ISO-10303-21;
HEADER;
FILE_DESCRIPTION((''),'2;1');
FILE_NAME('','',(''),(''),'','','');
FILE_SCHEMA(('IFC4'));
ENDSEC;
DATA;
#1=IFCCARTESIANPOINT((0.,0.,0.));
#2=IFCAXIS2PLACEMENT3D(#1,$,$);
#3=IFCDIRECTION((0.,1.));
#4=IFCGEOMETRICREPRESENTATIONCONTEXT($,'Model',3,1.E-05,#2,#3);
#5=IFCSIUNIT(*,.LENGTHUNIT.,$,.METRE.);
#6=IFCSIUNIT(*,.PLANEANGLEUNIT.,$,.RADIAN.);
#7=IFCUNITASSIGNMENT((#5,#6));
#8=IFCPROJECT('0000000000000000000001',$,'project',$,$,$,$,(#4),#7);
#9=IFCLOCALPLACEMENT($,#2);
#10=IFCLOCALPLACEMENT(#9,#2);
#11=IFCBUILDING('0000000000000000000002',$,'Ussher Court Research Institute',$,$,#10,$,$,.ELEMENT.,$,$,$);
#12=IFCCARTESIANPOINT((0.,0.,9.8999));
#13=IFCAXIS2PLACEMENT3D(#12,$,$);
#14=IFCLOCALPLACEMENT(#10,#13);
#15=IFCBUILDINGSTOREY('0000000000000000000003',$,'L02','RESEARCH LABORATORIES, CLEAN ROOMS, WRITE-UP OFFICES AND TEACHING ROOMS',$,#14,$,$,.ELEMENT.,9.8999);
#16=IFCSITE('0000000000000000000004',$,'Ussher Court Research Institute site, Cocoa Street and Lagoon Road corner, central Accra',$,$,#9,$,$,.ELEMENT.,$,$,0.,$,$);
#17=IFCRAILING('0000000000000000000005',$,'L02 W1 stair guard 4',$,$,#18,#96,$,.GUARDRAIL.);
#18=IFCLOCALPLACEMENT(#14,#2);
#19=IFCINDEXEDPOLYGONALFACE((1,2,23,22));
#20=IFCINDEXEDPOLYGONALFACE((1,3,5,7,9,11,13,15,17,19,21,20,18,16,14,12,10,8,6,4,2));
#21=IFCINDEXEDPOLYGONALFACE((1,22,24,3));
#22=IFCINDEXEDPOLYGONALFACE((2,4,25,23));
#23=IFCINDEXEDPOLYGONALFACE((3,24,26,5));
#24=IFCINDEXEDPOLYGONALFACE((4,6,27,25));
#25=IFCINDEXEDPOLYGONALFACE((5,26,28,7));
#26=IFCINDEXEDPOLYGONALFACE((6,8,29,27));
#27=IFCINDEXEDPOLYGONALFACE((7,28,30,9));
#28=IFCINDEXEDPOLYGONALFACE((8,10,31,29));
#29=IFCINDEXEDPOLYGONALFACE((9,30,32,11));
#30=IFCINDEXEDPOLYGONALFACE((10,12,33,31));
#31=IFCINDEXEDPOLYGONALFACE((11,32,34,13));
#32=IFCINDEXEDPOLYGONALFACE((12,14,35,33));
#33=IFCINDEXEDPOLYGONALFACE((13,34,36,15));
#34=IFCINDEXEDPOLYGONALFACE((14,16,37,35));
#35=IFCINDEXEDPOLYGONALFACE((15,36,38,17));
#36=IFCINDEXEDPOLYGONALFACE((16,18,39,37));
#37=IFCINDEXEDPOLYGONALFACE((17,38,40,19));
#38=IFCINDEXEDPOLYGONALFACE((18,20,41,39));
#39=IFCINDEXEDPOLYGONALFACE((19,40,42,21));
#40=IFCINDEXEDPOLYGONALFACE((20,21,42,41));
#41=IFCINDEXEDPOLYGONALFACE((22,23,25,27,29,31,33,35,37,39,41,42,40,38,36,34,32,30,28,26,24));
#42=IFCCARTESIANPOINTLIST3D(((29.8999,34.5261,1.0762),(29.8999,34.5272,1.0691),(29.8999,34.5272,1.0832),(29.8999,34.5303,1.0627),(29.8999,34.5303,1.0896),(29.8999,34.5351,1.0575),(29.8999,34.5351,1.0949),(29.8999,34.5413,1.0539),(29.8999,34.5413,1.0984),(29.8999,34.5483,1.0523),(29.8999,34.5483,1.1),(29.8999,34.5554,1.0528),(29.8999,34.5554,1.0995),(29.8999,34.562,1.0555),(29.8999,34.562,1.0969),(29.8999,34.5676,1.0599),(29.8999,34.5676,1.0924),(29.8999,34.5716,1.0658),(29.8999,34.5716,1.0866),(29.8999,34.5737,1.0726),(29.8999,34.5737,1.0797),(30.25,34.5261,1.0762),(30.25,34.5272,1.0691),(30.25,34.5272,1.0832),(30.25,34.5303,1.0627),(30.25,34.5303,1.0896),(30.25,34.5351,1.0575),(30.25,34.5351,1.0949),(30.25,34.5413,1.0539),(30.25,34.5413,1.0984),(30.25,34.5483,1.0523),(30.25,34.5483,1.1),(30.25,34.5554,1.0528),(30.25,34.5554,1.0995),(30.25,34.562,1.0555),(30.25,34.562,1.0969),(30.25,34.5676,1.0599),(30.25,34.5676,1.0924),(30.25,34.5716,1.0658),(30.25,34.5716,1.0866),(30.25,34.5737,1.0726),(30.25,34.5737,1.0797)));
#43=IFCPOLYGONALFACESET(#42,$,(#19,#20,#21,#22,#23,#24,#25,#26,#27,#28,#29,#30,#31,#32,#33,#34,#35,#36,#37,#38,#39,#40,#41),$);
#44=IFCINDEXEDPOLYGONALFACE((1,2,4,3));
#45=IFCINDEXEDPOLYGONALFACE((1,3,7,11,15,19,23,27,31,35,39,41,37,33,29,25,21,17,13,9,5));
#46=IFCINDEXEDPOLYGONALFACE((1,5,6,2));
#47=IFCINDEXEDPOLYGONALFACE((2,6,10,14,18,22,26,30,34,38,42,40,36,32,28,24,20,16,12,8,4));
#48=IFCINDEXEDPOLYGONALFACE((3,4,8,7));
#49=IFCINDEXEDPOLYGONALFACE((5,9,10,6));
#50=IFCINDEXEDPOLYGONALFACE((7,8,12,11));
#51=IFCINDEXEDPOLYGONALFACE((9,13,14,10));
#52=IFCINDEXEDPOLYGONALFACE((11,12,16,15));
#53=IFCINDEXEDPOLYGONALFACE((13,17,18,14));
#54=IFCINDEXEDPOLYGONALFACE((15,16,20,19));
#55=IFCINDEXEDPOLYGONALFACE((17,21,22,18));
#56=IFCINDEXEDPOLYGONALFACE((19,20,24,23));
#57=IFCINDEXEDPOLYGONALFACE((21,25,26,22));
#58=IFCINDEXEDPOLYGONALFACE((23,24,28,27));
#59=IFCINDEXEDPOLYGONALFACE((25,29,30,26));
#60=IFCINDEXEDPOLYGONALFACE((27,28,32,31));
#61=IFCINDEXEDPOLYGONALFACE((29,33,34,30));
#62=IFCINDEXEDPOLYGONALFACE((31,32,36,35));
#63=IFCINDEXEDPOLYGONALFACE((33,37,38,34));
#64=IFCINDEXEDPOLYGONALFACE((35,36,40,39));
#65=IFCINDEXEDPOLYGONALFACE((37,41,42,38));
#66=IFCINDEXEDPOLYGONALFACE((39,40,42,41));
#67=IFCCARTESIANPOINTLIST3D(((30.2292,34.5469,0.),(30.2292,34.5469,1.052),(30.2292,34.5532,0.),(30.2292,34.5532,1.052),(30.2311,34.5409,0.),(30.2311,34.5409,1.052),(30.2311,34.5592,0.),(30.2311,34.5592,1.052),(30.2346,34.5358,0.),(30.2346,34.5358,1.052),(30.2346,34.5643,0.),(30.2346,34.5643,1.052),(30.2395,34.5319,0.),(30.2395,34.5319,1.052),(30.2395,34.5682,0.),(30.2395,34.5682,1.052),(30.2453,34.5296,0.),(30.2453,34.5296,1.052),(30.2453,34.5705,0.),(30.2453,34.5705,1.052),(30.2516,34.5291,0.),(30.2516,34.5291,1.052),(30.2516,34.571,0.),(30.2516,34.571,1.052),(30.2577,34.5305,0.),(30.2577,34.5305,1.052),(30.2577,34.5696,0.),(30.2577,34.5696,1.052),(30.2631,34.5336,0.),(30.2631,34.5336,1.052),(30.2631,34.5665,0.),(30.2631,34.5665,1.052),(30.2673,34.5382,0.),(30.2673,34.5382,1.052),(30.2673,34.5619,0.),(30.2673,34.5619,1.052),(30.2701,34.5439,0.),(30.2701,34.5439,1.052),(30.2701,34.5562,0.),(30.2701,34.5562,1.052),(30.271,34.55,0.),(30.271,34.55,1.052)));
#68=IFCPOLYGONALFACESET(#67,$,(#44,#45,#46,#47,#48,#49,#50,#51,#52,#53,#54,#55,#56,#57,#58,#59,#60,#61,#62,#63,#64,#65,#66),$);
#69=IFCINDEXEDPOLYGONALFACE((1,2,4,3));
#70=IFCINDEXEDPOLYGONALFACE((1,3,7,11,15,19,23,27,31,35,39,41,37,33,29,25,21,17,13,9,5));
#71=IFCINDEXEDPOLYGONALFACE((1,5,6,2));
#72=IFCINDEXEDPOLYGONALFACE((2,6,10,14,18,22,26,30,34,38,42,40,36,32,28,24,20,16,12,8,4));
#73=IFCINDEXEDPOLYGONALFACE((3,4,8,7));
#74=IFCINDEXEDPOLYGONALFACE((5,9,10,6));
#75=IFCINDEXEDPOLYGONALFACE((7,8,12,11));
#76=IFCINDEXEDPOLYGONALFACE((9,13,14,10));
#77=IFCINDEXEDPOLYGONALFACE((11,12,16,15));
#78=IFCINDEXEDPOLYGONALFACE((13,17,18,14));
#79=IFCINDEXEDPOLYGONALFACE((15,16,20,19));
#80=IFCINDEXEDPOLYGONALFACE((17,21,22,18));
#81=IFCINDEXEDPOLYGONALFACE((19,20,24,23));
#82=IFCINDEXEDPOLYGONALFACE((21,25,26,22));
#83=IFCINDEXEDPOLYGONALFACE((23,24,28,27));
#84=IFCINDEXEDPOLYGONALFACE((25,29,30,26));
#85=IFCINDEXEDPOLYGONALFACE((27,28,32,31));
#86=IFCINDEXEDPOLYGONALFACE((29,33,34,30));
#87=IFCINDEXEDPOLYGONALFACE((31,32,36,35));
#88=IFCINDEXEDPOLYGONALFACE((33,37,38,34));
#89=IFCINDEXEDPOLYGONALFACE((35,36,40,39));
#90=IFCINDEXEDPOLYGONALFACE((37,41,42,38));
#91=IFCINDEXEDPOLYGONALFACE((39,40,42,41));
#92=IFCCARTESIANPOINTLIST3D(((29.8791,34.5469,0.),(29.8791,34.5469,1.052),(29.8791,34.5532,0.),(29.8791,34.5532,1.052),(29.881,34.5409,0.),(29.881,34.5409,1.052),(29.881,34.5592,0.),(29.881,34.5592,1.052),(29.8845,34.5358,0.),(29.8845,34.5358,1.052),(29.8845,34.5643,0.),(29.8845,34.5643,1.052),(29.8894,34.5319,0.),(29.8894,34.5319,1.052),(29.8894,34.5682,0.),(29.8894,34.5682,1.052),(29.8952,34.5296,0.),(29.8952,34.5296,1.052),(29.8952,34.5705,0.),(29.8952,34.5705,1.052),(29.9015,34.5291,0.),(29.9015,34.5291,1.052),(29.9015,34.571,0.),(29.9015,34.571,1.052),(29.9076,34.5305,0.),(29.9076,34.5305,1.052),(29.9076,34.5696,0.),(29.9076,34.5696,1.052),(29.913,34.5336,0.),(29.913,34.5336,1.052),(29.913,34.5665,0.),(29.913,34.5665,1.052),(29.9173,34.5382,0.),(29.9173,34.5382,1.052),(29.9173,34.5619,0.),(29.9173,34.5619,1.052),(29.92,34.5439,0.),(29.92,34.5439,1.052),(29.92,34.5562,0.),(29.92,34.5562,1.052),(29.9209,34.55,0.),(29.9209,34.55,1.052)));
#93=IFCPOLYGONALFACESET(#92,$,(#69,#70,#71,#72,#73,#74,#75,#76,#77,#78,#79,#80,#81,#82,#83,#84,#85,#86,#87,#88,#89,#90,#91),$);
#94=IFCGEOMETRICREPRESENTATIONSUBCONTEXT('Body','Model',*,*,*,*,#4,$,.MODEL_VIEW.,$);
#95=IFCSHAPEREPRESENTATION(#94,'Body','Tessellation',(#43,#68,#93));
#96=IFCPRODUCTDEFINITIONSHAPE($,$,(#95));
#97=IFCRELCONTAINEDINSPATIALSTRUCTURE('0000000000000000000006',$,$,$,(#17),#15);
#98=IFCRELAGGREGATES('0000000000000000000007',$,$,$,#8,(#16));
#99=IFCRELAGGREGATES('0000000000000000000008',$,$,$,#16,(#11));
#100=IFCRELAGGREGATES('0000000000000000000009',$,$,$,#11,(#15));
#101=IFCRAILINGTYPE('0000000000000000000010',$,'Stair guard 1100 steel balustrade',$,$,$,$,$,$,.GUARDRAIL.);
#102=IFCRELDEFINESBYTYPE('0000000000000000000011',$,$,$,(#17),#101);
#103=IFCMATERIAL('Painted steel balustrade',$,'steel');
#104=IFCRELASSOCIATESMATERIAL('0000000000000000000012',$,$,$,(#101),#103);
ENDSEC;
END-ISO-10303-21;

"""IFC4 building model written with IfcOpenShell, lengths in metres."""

from ifc_helpers import new_model, si_unit, direction, frame, origin, origin_2d, place, context, subcontext, project, spatial, circle, extrude, material, type_object, element, save


model = new_model("IFC4")

# Units and contexts
model_context = context("Model", 3, precision=1e-05, world=origin(), true_north=direction((0.0, 1.0)))
body_context = subcontext(model_context, "Body", "Model", "MODEL_VIEW")
ifc_project = project(units=[si_unit("LENGTHUNIT", "METRE"), si_unit("PLANEANGLEUNIT", "RADIAN")], contexts=[model_context])

# Site, building, storey
site_placement = place(None, origin())
site = spatial("IfcSite", under=ifc_project, at=site_placement, Name="Ussher Court Research Institute site, Cocoa Street and Lagoon Road corner, central Accra", CompositionType="ELEMENT", RefElevation=0.0)
building_placement = place(site_placement, origin())
building = spatial("IfcBuilding", under=site, at=building_placement, Name="Ussher Court Research Institute", CompositionType="ELEMENT")
storey_placement = place(building_placement, frame((0.0, 0.0, 9.8999)))
storey = spatial("IfcBuildingStorey", under=building, at=storey_placement, Name="L02", Description="RESEARCH LABORATORIES, CLEAN ROOMS, WRITE-UP OFFICES AND TEACHING ROOMS", CompositionType="ELEMENT", Elevation=9.8999)

# Railing
ifc_material_1 = material(Name="Painted steel balustrade", Category="steel")
railing_type_1 = type_object("IfcRailingType", Name="Stair guard 1100 steel balustrade", PredefinedType="GUARDRAIL", material=ifc_material_1)
railing_1_placement = place(storey_placement, frame((30.25, 34.55, 0.0)))
element("IfcRailing", 1, at=railing_1_placement, inside=storey, type_object=railing_type_1, Name="L02 W1 stair guard 4", PredefinedType="GUARDRAIL", context=body_context, shape_type="SweptSolid", body=[
    extrude(circle(Radius=0.0239, at=origin_2d()), frame((0.0, 0.0, 1.0762), z_axis=(-1.0, 0.0, 0.0), x_axis=(0.0, -1.0, 0.0)), (0.0, 0.0, 1.0), 0.3501),
    extrude(circle(Radius=0.021, at=origin_2d()), origin(), (0.0, 0.0, 1.0), 1.052),
    extrude(circle(Radius=0.021, at=origin_2d()), frame((-0.3501, 0.0, 0.0)), (0.0, 0.0, 1.0), 1.052),
])

save(model, "model.ifc")
